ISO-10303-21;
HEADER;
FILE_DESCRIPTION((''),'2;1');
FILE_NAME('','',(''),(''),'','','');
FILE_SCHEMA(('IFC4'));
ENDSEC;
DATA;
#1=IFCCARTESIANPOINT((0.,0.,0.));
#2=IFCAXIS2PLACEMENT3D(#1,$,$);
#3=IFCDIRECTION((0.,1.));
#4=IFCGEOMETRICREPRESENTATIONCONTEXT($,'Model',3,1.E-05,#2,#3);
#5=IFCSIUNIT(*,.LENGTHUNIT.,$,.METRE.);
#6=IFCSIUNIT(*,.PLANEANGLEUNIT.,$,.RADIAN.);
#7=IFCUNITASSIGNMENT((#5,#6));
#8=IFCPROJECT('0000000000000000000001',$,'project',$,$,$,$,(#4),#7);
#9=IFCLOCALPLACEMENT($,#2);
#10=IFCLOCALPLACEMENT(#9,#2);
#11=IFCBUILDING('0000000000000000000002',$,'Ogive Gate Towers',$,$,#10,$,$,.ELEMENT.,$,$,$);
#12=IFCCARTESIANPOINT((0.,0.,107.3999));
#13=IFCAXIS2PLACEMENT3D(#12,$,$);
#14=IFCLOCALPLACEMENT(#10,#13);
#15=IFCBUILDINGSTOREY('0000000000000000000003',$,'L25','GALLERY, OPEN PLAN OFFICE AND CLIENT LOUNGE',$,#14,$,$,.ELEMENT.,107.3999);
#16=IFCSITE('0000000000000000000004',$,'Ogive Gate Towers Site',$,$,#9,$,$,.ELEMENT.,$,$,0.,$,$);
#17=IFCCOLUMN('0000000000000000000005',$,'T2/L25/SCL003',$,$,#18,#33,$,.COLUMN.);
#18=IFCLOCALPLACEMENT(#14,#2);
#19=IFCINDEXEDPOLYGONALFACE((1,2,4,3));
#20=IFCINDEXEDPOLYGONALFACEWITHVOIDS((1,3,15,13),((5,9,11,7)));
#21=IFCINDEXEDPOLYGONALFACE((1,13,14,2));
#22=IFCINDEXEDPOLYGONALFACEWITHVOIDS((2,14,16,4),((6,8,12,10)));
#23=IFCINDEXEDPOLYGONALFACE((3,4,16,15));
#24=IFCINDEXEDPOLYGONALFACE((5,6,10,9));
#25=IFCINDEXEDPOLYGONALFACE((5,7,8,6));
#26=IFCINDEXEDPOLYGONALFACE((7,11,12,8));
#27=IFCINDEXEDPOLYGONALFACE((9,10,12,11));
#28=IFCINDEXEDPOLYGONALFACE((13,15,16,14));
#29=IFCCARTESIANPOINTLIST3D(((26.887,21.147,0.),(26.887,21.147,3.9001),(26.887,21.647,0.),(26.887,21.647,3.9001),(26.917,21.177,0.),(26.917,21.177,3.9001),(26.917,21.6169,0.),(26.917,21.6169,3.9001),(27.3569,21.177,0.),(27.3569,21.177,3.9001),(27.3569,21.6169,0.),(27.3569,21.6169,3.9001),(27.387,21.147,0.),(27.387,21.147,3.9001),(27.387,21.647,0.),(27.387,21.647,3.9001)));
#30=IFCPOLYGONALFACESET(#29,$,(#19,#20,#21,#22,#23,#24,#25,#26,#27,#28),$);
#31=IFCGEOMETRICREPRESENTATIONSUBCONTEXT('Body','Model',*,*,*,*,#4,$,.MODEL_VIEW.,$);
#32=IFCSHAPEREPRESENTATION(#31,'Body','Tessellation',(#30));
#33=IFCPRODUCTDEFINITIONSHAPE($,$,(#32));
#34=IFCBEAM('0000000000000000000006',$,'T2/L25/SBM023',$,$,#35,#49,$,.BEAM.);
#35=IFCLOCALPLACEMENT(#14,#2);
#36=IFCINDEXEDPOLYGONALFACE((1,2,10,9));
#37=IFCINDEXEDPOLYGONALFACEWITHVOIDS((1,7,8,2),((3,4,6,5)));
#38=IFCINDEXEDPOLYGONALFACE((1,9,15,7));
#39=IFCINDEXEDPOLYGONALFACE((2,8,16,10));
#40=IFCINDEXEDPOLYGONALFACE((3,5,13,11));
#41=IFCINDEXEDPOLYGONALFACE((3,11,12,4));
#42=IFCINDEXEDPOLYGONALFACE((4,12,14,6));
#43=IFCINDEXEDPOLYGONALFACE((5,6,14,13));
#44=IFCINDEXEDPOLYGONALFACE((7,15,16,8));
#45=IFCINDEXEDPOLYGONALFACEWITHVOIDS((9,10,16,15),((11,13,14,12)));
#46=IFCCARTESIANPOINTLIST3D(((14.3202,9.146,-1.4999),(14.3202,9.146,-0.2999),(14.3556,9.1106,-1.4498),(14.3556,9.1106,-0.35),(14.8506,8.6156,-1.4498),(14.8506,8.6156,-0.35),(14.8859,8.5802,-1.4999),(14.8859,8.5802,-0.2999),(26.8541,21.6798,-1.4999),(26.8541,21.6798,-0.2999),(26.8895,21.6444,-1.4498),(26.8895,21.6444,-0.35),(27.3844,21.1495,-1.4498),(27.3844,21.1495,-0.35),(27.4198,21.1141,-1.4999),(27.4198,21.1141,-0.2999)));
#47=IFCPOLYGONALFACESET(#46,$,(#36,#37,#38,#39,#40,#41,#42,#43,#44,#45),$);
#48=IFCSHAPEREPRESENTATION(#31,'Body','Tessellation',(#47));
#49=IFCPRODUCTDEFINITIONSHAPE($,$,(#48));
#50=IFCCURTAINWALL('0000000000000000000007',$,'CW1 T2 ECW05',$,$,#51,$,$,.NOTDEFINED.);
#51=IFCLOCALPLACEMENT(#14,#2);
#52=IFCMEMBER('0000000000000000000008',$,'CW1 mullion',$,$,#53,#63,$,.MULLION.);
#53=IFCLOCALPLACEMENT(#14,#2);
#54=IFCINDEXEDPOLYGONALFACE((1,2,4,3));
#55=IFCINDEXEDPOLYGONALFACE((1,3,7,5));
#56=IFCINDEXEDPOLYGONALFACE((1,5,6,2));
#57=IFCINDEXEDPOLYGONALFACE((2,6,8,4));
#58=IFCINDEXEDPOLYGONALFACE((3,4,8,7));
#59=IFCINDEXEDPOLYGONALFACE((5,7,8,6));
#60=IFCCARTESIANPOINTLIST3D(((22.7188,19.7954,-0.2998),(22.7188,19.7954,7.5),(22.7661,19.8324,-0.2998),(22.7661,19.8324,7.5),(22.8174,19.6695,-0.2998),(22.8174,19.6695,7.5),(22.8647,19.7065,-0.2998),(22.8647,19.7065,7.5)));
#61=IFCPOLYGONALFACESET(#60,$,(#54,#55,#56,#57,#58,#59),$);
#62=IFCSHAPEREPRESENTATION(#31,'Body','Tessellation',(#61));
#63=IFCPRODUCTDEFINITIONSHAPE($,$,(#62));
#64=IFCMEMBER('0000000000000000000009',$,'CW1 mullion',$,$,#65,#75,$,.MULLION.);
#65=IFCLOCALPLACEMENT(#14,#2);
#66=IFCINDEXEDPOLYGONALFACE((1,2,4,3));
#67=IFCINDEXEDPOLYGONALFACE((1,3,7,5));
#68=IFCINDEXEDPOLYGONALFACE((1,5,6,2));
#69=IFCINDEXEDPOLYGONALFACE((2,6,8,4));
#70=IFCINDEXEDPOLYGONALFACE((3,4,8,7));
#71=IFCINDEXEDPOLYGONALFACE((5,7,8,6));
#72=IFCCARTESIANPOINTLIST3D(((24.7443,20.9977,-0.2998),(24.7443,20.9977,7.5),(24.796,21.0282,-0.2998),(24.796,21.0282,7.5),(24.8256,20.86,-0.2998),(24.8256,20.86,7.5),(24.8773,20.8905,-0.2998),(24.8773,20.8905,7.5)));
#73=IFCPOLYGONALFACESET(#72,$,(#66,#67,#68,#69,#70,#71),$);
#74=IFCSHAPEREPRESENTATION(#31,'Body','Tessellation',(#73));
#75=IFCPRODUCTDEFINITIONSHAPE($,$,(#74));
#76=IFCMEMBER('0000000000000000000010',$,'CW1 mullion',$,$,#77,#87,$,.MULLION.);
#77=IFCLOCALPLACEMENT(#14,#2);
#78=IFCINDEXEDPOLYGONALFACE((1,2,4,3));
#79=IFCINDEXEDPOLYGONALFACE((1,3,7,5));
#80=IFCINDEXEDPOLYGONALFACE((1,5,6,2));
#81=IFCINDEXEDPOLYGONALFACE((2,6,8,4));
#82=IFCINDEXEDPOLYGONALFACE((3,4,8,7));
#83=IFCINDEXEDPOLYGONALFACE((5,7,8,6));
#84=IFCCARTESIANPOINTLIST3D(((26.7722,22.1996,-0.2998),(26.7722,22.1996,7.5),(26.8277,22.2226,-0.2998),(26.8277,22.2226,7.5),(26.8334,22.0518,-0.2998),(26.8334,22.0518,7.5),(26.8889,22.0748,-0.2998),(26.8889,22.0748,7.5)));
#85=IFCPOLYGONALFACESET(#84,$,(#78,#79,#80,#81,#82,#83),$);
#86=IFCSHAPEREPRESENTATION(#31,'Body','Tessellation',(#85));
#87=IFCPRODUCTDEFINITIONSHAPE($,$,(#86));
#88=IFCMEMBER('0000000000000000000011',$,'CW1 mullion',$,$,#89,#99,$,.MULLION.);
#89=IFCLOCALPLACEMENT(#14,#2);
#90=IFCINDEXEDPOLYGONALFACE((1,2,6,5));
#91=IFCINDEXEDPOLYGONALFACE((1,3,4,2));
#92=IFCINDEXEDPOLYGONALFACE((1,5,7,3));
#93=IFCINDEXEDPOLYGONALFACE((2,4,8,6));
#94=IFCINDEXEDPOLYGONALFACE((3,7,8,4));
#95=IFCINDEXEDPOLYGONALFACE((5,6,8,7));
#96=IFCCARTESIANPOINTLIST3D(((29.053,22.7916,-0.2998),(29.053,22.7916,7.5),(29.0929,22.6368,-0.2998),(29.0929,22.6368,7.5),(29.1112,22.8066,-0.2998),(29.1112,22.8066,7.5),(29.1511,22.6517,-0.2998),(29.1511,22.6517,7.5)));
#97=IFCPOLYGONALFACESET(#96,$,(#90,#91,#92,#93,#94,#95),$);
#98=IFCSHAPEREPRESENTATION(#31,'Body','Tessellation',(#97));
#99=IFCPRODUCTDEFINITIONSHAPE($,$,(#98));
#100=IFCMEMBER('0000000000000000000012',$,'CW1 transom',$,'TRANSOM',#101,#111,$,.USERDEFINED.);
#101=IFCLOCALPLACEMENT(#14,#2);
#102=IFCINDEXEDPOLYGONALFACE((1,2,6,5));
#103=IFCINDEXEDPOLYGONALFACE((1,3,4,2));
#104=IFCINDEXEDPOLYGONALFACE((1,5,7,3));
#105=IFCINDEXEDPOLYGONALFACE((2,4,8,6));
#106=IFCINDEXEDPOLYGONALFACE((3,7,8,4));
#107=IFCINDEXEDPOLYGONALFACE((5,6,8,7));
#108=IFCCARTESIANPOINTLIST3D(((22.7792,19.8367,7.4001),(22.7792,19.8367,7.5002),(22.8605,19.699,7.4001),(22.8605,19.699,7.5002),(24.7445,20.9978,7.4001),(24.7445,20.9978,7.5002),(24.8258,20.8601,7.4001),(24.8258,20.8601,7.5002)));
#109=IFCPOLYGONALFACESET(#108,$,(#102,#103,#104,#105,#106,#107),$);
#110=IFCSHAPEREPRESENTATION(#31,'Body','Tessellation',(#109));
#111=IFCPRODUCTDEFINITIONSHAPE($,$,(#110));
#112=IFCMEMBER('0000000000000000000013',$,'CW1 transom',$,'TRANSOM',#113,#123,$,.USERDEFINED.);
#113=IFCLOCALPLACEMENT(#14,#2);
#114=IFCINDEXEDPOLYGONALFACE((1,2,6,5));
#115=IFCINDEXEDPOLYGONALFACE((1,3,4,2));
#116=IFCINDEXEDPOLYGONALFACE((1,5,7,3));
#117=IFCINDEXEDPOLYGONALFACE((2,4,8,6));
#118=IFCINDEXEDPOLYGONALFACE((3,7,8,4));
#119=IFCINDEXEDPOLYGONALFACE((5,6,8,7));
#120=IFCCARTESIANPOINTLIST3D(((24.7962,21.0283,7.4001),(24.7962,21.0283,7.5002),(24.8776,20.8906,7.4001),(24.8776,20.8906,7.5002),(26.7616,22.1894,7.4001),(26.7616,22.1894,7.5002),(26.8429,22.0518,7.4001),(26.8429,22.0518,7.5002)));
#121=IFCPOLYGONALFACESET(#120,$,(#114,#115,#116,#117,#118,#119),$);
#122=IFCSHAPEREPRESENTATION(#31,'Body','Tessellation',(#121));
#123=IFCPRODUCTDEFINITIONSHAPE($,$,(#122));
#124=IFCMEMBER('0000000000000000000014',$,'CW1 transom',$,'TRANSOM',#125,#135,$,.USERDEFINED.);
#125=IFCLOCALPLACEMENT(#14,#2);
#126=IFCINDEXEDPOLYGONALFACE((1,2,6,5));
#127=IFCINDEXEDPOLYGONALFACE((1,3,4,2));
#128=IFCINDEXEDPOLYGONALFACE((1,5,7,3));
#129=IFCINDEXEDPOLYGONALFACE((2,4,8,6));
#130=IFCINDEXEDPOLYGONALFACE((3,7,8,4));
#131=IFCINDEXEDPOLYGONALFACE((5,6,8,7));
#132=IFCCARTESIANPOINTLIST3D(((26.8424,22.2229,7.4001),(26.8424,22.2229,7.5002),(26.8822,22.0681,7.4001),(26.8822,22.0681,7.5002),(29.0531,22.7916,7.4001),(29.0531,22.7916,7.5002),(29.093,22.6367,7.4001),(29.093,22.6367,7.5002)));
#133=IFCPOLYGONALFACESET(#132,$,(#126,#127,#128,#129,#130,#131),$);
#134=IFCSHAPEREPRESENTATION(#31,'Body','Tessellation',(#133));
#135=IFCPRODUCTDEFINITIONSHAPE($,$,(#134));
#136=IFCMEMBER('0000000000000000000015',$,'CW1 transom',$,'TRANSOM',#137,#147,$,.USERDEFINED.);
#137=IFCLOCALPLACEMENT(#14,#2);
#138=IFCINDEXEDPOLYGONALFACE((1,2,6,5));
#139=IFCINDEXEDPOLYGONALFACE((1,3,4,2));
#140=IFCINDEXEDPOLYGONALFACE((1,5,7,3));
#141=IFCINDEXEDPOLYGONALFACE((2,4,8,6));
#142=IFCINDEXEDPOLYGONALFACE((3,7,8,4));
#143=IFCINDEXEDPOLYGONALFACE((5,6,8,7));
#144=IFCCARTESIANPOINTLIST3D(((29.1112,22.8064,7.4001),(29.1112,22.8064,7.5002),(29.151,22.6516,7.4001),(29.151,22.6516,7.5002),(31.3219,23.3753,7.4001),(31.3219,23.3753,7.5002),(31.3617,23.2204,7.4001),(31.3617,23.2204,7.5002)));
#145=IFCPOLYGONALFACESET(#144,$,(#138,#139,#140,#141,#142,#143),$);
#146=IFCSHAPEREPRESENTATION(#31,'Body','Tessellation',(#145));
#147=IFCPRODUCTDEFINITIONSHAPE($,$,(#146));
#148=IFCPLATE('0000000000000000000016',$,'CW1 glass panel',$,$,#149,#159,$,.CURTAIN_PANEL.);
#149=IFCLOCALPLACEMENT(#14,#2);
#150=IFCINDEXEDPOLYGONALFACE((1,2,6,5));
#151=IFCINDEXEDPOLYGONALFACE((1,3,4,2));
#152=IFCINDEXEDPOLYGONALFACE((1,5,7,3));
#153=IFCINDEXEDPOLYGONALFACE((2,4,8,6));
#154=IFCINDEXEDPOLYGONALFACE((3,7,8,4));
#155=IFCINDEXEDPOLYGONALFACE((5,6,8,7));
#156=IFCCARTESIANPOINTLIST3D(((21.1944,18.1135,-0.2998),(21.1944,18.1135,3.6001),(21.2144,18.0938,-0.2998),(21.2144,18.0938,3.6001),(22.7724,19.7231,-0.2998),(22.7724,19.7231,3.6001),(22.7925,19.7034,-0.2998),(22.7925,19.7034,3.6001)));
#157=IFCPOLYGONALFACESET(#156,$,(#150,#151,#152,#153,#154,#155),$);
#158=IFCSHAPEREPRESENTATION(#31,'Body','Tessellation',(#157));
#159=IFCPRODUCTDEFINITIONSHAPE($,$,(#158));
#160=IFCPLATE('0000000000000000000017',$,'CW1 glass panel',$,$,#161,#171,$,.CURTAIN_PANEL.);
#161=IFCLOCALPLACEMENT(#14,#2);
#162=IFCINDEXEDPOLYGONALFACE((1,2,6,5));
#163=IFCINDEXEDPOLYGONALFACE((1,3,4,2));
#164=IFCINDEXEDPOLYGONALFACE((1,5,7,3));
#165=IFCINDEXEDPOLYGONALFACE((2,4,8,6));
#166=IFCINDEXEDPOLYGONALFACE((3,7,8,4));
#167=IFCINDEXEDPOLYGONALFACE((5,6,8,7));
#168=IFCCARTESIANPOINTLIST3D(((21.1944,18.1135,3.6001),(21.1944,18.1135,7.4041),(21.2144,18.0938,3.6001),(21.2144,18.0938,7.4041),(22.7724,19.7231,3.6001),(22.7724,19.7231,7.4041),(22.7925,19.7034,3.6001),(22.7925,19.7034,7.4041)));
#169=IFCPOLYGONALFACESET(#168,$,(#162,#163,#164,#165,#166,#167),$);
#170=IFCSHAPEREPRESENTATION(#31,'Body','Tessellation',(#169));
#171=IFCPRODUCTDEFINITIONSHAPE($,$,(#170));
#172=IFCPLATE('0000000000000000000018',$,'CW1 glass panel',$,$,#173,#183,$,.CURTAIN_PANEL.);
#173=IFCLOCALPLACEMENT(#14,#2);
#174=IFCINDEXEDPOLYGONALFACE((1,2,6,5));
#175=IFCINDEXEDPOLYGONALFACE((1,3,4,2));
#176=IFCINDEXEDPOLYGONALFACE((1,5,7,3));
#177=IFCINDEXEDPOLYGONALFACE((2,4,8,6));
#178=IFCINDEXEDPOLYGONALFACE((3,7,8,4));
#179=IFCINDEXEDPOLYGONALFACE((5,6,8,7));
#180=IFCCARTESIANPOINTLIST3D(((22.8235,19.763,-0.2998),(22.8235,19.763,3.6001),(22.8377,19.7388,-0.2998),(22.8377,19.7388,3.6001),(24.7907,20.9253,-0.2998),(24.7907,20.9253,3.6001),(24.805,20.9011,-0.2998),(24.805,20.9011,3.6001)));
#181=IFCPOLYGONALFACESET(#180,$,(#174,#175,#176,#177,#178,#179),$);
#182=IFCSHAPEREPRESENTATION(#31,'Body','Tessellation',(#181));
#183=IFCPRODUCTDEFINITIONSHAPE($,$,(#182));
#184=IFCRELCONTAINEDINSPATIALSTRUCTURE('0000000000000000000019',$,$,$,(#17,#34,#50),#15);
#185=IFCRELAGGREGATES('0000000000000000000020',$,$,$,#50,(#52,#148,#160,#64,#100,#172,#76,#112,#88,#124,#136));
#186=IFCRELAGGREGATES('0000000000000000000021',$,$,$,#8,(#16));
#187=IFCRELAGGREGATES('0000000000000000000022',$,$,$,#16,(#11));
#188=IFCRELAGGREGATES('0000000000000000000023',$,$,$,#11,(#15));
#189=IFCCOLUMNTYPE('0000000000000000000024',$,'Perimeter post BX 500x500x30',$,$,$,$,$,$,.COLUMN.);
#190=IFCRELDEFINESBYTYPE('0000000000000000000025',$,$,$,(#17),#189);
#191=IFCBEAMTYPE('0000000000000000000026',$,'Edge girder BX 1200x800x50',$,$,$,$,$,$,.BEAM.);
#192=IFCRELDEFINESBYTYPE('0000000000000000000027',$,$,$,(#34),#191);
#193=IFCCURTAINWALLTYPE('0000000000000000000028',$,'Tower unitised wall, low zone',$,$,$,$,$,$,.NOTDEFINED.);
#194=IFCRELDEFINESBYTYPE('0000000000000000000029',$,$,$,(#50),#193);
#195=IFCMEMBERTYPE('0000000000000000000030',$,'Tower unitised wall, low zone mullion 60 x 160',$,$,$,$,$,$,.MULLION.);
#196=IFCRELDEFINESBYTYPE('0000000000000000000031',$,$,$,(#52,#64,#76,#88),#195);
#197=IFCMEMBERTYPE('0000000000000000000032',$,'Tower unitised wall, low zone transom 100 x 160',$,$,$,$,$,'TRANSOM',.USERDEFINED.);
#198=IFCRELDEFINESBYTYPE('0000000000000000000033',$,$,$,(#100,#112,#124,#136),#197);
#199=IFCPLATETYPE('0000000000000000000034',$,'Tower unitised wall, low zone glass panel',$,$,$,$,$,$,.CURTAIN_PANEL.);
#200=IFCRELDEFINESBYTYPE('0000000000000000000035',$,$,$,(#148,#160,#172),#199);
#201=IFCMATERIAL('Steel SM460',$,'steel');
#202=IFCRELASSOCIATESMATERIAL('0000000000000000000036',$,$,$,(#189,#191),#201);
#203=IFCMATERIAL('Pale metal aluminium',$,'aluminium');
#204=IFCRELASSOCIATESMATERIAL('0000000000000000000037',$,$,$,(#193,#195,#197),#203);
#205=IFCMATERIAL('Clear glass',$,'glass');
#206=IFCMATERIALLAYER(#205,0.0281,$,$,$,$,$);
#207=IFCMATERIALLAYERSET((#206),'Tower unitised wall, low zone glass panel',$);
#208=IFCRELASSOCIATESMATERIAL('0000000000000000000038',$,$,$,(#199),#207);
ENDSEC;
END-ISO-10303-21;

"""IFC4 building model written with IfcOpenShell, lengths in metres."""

from ifc_helpers import new_model, si_unit, direction, frame, origin, origin_2d, place, context, subcontext, project, spatial, rectangle, hollow_rectangle, extrude, material, layer, layer_set, material_profile, profile_set, type_object, element, aggregate, save


model = new_model("IFC4")

# Units and contexts
model_context = context("Model", 3, precision=1e-05, world=origin(), true_north=direction((0.0, 1.0)))
body_context = subcontext(model_context, "Body", "Model", "MODEL_VIEW")
ifc_project = project(units=[si_unit("LENGTHUNIT", "METRE"), si_unit("PLANEANGLEUNIT", "RADIAN")], contexts=[model_context])

# Site, building, storey
site_placement = place(None, origin())
site = spatial("IfcSite", under=ifc_project, at=site_placement, Name="Ogive Gate Towers Site", CompositionType="ELEMENT", RefElevation=0.0)
building_placement = place(site_placement, origin())
building = spatial("IfcBuilding", under=site, at=building_placement, Name="Ogive Gate Towers", CompositionType="ELEMENT")
storey_placement = place(building_placement, frame((0.0, 0.0, 107.3999)))
storey = spatial("IfcBuildingStorey", under=building, at=storey_placement, Name="L25", Description="GALLERY, OPEN PLAN OFFICE AND CLIENT LOUNGE", CompositionType="ELEMENT", Elevation=107.3999)

# Column
ifc_material_1 = material(Name="Steel SM460", Category="steel")
ifc_material_profile_1 = material_profile(ifc_material_1, hollow_rectangle(XDim=0.5, YDim=0.5, WallThickness=0.03, at=origin_2d()), Name="BX 500x500x30")
ifc_profile_set_1 = profile_set([ifc_material_profile_1], Name="Steel SM460")
column_type = type_object("IfcColumnType", Name="Perimeter post BX 500x500x30", PredefinedType="COLUMN", material=ifc_profile_set_1)
column_placement = place(storey_placement, frame((27.137, 21.397, 0.0), z_axis=(0.0, 0.0, 1.0), x_axis=(1.0, 0.0, 0.0)))
element("IfcColumn", 1, at=column_placement, inside=storey, type_object=column_type, Name="T2/L25/SCL003", PredefinedType="COLUMN", context=body_context, shape_type="SweptSolid", body=[
    extrude(hollow_rectangle(XDim=0.5, YDim=0.5, WallThickness=0.03, at=origin_2d()), origin(), (0.0, 0.0, 1.0), 3.9001),
])

# Beam
ifc_material_profile_2 = material_profile(ifc_material_1, hollow_rectangle(XDim=0.8, YDim=1.2, WallThickness=0.05, at=origin_2d()), Name="BX 1200x800x50")
ifc_profile_set_2 = profile_set([ifc_material_profile_2], Name="Steel SM460")
beam_type = type_object("IfcBeamType", Name="Edge girder BX 1200x800x50", PredefinedType="BEAM", material=ifc_profile_set_2)
beam_placement = place(storey_placement, frame((27.137, 21.397, -0.8999), z_axis=(-0.707107, -0.707107, 0.0), x_axis=(0.707107, -0.707107, 0.0)))
element("IfcBeam", 2, at=beam_placement, inside=storey, type_object=beam_type, Name="T2/L25/SBM023", PredefinedType="BEAM", context=body_context, shape_type="SweptSolid", body=[
    extrude(hollow_rectangle(XDim=0.8, YDim=1.2, WallThickness=0.05, at=origin_2d()), origin(), (0.0, 0.0, 1.0), 17.7256),
])

# Curtain wall, members, plates
ifc_material_2 = material(Name="Pale metal aluminium", Category="aluminium")
curtain_wall_type = type_object("IfcCurtainWallType", Name="Tower unitised wall, low zone", PredefinedType="NOTDEFINED", material=ifc_material_2)
curtain_wall_placement = place(storey_placement, origin())
curtain_wall = element("IfcCurtainWall", 3, at=curtain_wall_placement, inside=storey, type_object=curtain_wall_type, Name="CW1 T2 ECW05", PredefinedType="NOTDEFINED")
ifc_material_profile_3 = material_profile(ifc_material_2, rectangle(XDim=0.1599, YDim=0.0601, at=origin_2d()), Name="60 x 160 aluminium box")
ifc_profile_set_3 = profile_set([ifc_material_profile_3], Name="Pale metal aluminium")
member_type_1 = type_object("IfcMemberType", Name="Tower unitised wall, low zone mullion 60 x 160", PredefinedType="MULLION", material=ifc_profile_set_3)
member_1_placement = place(storey_placement, frame((22.7917, 19.751, -0.2998), z_axis=(0.0, 0.0, 1.0), x_axis=(0.616651, -0.787236, 0.0)))
member_1 = element("IfcMember", 4, at=member_1_placement, type_object=member_type_1, Name="CW1 mullion", PredefinedType="MULLION", context=body_context, shape_type="SweptSolid", body=[
    extrude(rectangle(XDim=0.1599, YDim=0.0601, at=origin_2d()), origin(), (0.0, 0.0, 1.0), 7.7998),
])
member_2_placement = place(storey_placement, frame((24.8108, 20.9441, -0.2998), z_axis=(0.0, 0.0, 1.0), x_axis=(0.508651, -0.860973, 0.0)))
member_2 = element("IfcMember", 5, at=member_2_placement, type_object=member_type_1, Name="CW1 mullion", PredefinedType="MULLION", context=body_context, shape_type="SweptSolid", body=[
    extrude(rectangle(XDim=0.1599, YDim=0.0601, at=origin_2d()), origin(), (0.0, 0.0, 1.0), 7.7998),
])
member_3_placement = place(storey_placement, frame((26.8306, 22.1372, -0.2998), z_axis=(0.0, 0.0, 1.0), x_axis=(0.382667, -0.923886, 0.0)))
member_3 = element("IfcMember", 6, at=member_3_placement, type_object=member_type_1, Name="CW1 mullion", PredefinedType="MULLION", context=body_context, shape_type="SweptSolid", body=[
    extrude(rectangle(XDim=0.1599, YDim=0.0601, at=origin_2d()), origin(), (0.0, 0.0, 1.0), 7.7998),
])
member_4_placement = place(storey_placement, frame((29.1021, 22.7217, -0.2998), z_axis=(0.0, 0.0, 1.0), x_axis=(0.249129, -0.96847, 0.0)))
member_4 = element("IfcMember", 7, at=member_4_placement, type_object=member_type_1, Name="CW1 mullion", PredefinedType="MULLION", context=body_context, shape_type="SweptSolid", body=[
    extrude(rectangle(XDim=0.1599, YDim=0.0601, at=origin_2d()), origin(), (0.0, 0.0, 1.0), 7.7998),
])
ifc_material_profile_4 = material_profile(ifc_material_2, rectangle(XDim=0.1599, YDim=0.1001, at=origin_2d()), Name="100 x 160 aluminium box")
ifc_profile_set_4 = profile_set([ifc_material_profile_4], Name="Pale metal aluminium")
member_type_2 = type_object("IfcMemberType", Name="Tower unitised wall, low zone transom 100 x 160", ElementType="TRANSOM", PredefinedType="USERDEFINED", material=ifc_profile_set_4)
member_5_placement = place(storey_placement, frame((22.8198, 19.7678, 7.4502), z_axis=(0.860965, 0.508664, 0.0), x_axis=(-0.508664, 0.860965, 0.0)))
member_5 = element("IfcMember", 8, at=member_5_placement, type_object=member_type_2, Name="CW1 transom", ObjectType="TRANSOM", PredefinedType="USERDEFINED", context=body_context, shape_type="SweptSolid", body=[
    extrude(rectangle(XDim=0.1599, YDim=0.1001, at=origin_2d()), origin(), (0.0, 0.0, 1.0), 2.2827),
])
member_6_placement = place(storey_placement, frame((24.8369, 20.9595, 7.4502), z_axis=(0.860965, 0.508664, 0.0), x_axis=(-0.508664, 0.860965, 0.0)))
member_6 = element("IfcMember", 9, at=member_6_placement, type_object=member_type_2, Name="CW1 transom", ObjectType="TRANSOM", PredefinedType="USERDEFINED", context=body_context, shape_type="SweptSolid", body=[
    extrude(rectangle(XDim=0.1599, YDim=0.1001, at=origin_2d()), origin(), (0.0, 0.0, 1.0), 2.2827),
])
member_7_placement = place(storey_placement, frame((26.8623, 22.1455, 7.4502), z_axis=(0.968478, 0.249098, 0.0), x_axis=(-0.249098, 0.968478, 0.0)))
member_7 = element("IfcMember", 10, at=member_7_placement, type_object=member_type_2, Name="CW1 transom", ObjectType="TRANSOM", PredefinedType="USERDEFINED", context=body_context, shape_type="SweptSolid", body=[
    extrude(rectangle(XDim=0.1599, YDim=0.1001, at=origin_2d()), origin(), (0.0, 0.0, 1.0), 2.2827),
])
member_8_placement = place(storey_placement, frame((29.1311, 22.729, 7.4502), z_axis=(0.968452, 0.249199, 0.0), x_axis=(-0.249199, 0.968452, 0.0)))
member_8 = element("IfcMember", 11, at=member_8_placement, type_object=member_type_2, Name="CW1 transom", ObjectType="TRANSOM", PredefinedType="USERDEFINED", context=body_context, shape_type="SweptSolid", body=[
    extrude(rectangle(XDim=0.1599, YDim=0.1001, at=origin_2d()), origin(), (0.0, 0.0, 1.0), 2.2827),
])
ifc_material_3 = material(Name="Clear glass", Category="glass")
ifc_layer_1 = layer(ifc_material_3, 0.0281)
ifc_layer_set_1 = layer_set([ifc_layer_1], Name="Tower unitised wall, low zone glass panel")
plate_type = type_object("IfcPlateType", Name="Tower unitised wall, low zone glass panel", PredefinedType="CURTAIN_PANEL", material=ifc_layer_set_1)
plate_1_placement = place(storey_placement, frame((21.9934, 18.9084, -0.2998), z_axis=(0.0, 0.0, 1.0), x_axis=(0.700062, 0.714082, 0.0)))
plate_1 = element("IfcPlate", 12, at=plate_1_placement, type_object=plate_type, Name="CW1 glass panel", PredefinedType="CURTAIN_PANEL", context=body_context, shape_type="SweptSolid", body=[
    extrude(rectangle(XDim=2.2542, YDim=0.0281, at=origin_2d()), origin(), (0.0, 0.0, 1.0), 3.8999),
])
plate_2_placement = place(storey_placement, frame((21.9934, 18.9084, 3.6001), z_axis=(0.0, 0.0, 1.0), x_axis=(0.700062, 0.714082, 0.0)))
plate_2 = element("IfcPlate", 13, at=plate_2_placement, type_object=plate_type, Name="CW1 glass panel", PredefinedType="CURTAIN_PANEL", context=body_context, shape_type="SweptSolid", body=[
    extrude(rectangle(XDim=2.2542, YDim=0.0281, at=origin_2d()), origin(), (0.0, 0.0, 1.0), 3.804),
])
plate_3_placement = place(storey_placement, frame((23.8142, 20.332, -0.2998), z_axis=(0.0, 0.0, 1.0), x_axis=(0.860955, 0.508681, 0.0)))
plate_3 = element("IfcPlate", 14, at=plate_3_placement, type_object=plate_type, Name="CW1 glass panel", PredefinedType="CURTAIN_PANEL", context=body_context, shape_type="SweptSolid", body=[
    extrude(rectangle(XDim=2.2849, YDim=0.0281, at=origin_2d()), origin(), (0.0, 0.0, 1.0), 3.8999),
])
aggregate(curtain_wall, [member_1, plate_1, plate_2, member_2, member_5, plate_3, member_3, member_6, member_4, member_7, member_8])

save(model, "model.ifc")
